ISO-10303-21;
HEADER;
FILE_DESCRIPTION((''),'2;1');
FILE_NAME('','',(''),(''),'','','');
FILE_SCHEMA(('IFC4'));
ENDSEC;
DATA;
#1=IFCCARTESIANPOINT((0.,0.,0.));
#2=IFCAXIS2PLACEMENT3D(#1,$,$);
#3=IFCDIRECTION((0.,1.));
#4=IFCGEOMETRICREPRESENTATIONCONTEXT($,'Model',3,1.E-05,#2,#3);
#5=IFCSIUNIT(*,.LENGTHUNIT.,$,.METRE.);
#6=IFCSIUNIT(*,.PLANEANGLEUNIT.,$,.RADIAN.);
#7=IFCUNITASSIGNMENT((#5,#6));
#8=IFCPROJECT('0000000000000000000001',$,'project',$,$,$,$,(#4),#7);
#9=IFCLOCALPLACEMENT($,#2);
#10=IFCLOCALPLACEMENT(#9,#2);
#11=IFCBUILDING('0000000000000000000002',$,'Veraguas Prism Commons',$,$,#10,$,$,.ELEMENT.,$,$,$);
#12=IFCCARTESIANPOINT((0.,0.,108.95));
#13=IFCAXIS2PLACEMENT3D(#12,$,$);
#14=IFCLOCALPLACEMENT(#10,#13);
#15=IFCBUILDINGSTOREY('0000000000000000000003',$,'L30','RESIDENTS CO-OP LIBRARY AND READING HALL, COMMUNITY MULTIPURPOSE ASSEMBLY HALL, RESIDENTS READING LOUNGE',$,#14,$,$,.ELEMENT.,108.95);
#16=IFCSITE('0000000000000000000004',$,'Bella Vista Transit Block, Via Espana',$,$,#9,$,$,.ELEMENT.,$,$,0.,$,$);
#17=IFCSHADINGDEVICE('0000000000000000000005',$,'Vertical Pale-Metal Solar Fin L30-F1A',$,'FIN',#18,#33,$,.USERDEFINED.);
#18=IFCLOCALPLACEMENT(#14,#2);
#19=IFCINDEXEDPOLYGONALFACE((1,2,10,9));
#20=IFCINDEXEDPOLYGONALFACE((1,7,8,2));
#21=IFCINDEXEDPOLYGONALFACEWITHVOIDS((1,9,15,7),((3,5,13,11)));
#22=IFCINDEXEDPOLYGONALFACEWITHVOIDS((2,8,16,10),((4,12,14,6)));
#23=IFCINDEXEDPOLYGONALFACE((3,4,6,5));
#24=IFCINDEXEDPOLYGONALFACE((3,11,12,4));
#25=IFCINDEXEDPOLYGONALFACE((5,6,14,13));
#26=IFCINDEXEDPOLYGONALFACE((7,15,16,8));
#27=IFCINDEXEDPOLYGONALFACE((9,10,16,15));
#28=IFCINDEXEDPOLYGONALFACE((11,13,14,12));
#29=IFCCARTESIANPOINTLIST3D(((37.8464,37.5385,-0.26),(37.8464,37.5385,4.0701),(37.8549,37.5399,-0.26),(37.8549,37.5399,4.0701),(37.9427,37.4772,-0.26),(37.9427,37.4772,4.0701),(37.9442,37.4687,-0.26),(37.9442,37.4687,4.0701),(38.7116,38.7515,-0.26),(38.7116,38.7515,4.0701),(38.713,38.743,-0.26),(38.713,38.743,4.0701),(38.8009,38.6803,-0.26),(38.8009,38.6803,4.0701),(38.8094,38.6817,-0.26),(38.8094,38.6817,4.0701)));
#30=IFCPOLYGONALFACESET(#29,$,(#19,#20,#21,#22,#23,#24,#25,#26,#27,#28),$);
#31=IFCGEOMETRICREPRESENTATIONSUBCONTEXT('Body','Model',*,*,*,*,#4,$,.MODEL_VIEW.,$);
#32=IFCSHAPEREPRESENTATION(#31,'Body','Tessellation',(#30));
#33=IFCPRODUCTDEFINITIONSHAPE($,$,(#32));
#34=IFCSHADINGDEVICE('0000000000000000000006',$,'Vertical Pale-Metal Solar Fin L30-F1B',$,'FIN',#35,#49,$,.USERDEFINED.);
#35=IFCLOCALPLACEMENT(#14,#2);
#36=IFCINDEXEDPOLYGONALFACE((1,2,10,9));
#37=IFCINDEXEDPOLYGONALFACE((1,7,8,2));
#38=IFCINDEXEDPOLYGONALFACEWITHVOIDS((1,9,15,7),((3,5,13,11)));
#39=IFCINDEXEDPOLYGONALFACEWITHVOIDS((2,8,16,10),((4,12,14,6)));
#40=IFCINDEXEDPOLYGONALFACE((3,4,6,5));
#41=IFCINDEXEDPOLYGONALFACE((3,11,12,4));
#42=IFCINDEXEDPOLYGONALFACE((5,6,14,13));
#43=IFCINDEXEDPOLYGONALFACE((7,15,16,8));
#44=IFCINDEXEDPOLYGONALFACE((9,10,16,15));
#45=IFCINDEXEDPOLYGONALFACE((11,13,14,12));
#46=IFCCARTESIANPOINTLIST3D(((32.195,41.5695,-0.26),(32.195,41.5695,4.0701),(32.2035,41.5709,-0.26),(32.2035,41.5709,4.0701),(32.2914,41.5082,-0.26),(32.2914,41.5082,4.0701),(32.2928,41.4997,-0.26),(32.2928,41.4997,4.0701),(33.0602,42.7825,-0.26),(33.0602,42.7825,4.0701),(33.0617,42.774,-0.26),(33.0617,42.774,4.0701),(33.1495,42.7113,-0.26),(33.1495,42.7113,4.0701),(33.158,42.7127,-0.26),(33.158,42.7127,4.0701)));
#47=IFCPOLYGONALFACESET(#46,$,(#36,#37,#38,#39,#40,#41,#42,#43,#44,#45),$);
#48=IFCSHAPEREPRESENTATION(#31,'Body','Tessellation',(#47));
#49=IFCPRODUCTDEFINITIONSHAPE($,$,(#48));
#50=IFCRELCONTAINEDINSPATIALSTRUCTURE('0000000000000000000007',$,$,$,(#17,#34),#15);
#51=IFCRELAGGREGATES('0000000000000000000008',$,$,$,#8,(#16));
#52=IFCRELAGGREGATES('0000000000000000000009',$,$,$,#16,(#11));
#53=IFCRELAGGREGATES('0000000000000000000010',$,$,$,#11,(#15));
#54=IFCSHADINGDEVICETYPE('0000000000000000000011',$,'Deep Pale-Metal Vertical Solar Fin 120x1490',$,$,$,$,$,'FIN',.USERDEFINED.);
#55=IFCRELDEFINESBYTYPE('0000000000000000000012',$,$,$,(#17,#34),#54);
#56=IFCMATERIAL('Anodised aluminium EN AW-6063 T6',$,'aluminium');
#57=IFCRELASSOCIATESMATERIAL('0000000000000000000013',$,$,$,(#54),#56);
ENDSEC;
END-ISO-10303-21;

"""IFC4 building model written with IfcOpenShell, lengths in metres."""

from ifc_helpers import new_model, si_unit, direction, frame, origin, origin_2d, place, context, subcontext, project, spatial, hollow_rectangle, extrude, material, material_profile, profile_set, type_object, element, save


model = new_model("IFC4")

# Units and contexts
model_context = context("Model", 3, precision=1e-05, world=origin(), true_north=direction((0.0, 1.0)))
body_context = subcontext(model_context, "Body", "Model", "MODEL_VIEW")
ifc_project = project(units=[si_unit("LENGTHUNIT", "METRE"), si_unit("PLANEANGLEUNIT", "RADIAN")], contexts=[model_context])

# Site, building, storey
site_placement = place(None, origin())
site = spatial("IfcSite", under=ifc_project, at=site_placement, Name="Bella Vista Transit Block, Via Espana", CompositionType="ELEMENT", RefElevation=0.0)
building_placement = place(site_placement, origin())
building = spatial("IfcBuilding", under=site, at=building_placement, Name="Veraguas Prism Commons", CompositionType="ELEMENT")
storey_placement = place(building_placement, frame((0.0, 0.0, 108.95)))
storey = spatial("IfcBuildingStorey", under=building, at=storey_placement, Name="L30", Description="RESIDENTS CO-OP LIBRARY AND READING HALL, COMMUNITY MULTIPURPOSE ASSEMBLY HALL, RESIDENTS READING LOUNGE", CompositionType="ELEMENT", Elevation=108.95)

# Shared definitions
ifc_material_1 = material(Name="Anodised aluminium EN AW-6063 T6", Category="aluminium")

# Shading devices
ifc_material_profile_1 = material_profile(ifc_material_1, hollow_rectangle(XDim=0.1201, YDim=1.49, WallThickness=0.0061, at=origin_2d()), Name="FIN120X1490X6")
ifc_profile_set_1 = profile_set([ifc_material_profile_1], Name="Anodised aluminium EN AW-6063 T6")
shading_device_type = type_object("IfcShadingDeviceType", Name="Deep Pale-Metal Vertical Solar Fin 120x1490", ElementType="FIN", PredefinedType="USERDEFINED", material=ifc_profile_set_1)
for number, where, z_axis, x_axis, name in (
    (1, (38.3279, 38.1101, -0.26), (0.0, 0.0, 1.0), (-0.814116, 0.580703, 0.0), "Vertical Pale-Metal Solar Fin L30-F1A"),
    (2, (32.6765, 42.1411, -0.26), (0.0, 0.0, 1.0), (-0.814116, 0.580703, 0.0), "Vertical Pale-Metal Solar Fin L30-F1B"),
):
    element("IfcShadingDevice", number, at=place(storey_placement, frame(where, z_axis=z_axis, x_axis=x_axis)), inside=storey, type_object=shading_device_type, Name=name, ObjectType="FIN", PredefinedType="USERDEFINED", context=body_context, shape_type="SweptSolid", body=[
        extrude(hollow_rectangle(XDim=0.1201, YDim=1.49, WallThickness=0.0061, at=origin_2d()), origin(), (0.0, 0.0, 1.0), 4.3301),
    ])

save(model, "model.ifc")
